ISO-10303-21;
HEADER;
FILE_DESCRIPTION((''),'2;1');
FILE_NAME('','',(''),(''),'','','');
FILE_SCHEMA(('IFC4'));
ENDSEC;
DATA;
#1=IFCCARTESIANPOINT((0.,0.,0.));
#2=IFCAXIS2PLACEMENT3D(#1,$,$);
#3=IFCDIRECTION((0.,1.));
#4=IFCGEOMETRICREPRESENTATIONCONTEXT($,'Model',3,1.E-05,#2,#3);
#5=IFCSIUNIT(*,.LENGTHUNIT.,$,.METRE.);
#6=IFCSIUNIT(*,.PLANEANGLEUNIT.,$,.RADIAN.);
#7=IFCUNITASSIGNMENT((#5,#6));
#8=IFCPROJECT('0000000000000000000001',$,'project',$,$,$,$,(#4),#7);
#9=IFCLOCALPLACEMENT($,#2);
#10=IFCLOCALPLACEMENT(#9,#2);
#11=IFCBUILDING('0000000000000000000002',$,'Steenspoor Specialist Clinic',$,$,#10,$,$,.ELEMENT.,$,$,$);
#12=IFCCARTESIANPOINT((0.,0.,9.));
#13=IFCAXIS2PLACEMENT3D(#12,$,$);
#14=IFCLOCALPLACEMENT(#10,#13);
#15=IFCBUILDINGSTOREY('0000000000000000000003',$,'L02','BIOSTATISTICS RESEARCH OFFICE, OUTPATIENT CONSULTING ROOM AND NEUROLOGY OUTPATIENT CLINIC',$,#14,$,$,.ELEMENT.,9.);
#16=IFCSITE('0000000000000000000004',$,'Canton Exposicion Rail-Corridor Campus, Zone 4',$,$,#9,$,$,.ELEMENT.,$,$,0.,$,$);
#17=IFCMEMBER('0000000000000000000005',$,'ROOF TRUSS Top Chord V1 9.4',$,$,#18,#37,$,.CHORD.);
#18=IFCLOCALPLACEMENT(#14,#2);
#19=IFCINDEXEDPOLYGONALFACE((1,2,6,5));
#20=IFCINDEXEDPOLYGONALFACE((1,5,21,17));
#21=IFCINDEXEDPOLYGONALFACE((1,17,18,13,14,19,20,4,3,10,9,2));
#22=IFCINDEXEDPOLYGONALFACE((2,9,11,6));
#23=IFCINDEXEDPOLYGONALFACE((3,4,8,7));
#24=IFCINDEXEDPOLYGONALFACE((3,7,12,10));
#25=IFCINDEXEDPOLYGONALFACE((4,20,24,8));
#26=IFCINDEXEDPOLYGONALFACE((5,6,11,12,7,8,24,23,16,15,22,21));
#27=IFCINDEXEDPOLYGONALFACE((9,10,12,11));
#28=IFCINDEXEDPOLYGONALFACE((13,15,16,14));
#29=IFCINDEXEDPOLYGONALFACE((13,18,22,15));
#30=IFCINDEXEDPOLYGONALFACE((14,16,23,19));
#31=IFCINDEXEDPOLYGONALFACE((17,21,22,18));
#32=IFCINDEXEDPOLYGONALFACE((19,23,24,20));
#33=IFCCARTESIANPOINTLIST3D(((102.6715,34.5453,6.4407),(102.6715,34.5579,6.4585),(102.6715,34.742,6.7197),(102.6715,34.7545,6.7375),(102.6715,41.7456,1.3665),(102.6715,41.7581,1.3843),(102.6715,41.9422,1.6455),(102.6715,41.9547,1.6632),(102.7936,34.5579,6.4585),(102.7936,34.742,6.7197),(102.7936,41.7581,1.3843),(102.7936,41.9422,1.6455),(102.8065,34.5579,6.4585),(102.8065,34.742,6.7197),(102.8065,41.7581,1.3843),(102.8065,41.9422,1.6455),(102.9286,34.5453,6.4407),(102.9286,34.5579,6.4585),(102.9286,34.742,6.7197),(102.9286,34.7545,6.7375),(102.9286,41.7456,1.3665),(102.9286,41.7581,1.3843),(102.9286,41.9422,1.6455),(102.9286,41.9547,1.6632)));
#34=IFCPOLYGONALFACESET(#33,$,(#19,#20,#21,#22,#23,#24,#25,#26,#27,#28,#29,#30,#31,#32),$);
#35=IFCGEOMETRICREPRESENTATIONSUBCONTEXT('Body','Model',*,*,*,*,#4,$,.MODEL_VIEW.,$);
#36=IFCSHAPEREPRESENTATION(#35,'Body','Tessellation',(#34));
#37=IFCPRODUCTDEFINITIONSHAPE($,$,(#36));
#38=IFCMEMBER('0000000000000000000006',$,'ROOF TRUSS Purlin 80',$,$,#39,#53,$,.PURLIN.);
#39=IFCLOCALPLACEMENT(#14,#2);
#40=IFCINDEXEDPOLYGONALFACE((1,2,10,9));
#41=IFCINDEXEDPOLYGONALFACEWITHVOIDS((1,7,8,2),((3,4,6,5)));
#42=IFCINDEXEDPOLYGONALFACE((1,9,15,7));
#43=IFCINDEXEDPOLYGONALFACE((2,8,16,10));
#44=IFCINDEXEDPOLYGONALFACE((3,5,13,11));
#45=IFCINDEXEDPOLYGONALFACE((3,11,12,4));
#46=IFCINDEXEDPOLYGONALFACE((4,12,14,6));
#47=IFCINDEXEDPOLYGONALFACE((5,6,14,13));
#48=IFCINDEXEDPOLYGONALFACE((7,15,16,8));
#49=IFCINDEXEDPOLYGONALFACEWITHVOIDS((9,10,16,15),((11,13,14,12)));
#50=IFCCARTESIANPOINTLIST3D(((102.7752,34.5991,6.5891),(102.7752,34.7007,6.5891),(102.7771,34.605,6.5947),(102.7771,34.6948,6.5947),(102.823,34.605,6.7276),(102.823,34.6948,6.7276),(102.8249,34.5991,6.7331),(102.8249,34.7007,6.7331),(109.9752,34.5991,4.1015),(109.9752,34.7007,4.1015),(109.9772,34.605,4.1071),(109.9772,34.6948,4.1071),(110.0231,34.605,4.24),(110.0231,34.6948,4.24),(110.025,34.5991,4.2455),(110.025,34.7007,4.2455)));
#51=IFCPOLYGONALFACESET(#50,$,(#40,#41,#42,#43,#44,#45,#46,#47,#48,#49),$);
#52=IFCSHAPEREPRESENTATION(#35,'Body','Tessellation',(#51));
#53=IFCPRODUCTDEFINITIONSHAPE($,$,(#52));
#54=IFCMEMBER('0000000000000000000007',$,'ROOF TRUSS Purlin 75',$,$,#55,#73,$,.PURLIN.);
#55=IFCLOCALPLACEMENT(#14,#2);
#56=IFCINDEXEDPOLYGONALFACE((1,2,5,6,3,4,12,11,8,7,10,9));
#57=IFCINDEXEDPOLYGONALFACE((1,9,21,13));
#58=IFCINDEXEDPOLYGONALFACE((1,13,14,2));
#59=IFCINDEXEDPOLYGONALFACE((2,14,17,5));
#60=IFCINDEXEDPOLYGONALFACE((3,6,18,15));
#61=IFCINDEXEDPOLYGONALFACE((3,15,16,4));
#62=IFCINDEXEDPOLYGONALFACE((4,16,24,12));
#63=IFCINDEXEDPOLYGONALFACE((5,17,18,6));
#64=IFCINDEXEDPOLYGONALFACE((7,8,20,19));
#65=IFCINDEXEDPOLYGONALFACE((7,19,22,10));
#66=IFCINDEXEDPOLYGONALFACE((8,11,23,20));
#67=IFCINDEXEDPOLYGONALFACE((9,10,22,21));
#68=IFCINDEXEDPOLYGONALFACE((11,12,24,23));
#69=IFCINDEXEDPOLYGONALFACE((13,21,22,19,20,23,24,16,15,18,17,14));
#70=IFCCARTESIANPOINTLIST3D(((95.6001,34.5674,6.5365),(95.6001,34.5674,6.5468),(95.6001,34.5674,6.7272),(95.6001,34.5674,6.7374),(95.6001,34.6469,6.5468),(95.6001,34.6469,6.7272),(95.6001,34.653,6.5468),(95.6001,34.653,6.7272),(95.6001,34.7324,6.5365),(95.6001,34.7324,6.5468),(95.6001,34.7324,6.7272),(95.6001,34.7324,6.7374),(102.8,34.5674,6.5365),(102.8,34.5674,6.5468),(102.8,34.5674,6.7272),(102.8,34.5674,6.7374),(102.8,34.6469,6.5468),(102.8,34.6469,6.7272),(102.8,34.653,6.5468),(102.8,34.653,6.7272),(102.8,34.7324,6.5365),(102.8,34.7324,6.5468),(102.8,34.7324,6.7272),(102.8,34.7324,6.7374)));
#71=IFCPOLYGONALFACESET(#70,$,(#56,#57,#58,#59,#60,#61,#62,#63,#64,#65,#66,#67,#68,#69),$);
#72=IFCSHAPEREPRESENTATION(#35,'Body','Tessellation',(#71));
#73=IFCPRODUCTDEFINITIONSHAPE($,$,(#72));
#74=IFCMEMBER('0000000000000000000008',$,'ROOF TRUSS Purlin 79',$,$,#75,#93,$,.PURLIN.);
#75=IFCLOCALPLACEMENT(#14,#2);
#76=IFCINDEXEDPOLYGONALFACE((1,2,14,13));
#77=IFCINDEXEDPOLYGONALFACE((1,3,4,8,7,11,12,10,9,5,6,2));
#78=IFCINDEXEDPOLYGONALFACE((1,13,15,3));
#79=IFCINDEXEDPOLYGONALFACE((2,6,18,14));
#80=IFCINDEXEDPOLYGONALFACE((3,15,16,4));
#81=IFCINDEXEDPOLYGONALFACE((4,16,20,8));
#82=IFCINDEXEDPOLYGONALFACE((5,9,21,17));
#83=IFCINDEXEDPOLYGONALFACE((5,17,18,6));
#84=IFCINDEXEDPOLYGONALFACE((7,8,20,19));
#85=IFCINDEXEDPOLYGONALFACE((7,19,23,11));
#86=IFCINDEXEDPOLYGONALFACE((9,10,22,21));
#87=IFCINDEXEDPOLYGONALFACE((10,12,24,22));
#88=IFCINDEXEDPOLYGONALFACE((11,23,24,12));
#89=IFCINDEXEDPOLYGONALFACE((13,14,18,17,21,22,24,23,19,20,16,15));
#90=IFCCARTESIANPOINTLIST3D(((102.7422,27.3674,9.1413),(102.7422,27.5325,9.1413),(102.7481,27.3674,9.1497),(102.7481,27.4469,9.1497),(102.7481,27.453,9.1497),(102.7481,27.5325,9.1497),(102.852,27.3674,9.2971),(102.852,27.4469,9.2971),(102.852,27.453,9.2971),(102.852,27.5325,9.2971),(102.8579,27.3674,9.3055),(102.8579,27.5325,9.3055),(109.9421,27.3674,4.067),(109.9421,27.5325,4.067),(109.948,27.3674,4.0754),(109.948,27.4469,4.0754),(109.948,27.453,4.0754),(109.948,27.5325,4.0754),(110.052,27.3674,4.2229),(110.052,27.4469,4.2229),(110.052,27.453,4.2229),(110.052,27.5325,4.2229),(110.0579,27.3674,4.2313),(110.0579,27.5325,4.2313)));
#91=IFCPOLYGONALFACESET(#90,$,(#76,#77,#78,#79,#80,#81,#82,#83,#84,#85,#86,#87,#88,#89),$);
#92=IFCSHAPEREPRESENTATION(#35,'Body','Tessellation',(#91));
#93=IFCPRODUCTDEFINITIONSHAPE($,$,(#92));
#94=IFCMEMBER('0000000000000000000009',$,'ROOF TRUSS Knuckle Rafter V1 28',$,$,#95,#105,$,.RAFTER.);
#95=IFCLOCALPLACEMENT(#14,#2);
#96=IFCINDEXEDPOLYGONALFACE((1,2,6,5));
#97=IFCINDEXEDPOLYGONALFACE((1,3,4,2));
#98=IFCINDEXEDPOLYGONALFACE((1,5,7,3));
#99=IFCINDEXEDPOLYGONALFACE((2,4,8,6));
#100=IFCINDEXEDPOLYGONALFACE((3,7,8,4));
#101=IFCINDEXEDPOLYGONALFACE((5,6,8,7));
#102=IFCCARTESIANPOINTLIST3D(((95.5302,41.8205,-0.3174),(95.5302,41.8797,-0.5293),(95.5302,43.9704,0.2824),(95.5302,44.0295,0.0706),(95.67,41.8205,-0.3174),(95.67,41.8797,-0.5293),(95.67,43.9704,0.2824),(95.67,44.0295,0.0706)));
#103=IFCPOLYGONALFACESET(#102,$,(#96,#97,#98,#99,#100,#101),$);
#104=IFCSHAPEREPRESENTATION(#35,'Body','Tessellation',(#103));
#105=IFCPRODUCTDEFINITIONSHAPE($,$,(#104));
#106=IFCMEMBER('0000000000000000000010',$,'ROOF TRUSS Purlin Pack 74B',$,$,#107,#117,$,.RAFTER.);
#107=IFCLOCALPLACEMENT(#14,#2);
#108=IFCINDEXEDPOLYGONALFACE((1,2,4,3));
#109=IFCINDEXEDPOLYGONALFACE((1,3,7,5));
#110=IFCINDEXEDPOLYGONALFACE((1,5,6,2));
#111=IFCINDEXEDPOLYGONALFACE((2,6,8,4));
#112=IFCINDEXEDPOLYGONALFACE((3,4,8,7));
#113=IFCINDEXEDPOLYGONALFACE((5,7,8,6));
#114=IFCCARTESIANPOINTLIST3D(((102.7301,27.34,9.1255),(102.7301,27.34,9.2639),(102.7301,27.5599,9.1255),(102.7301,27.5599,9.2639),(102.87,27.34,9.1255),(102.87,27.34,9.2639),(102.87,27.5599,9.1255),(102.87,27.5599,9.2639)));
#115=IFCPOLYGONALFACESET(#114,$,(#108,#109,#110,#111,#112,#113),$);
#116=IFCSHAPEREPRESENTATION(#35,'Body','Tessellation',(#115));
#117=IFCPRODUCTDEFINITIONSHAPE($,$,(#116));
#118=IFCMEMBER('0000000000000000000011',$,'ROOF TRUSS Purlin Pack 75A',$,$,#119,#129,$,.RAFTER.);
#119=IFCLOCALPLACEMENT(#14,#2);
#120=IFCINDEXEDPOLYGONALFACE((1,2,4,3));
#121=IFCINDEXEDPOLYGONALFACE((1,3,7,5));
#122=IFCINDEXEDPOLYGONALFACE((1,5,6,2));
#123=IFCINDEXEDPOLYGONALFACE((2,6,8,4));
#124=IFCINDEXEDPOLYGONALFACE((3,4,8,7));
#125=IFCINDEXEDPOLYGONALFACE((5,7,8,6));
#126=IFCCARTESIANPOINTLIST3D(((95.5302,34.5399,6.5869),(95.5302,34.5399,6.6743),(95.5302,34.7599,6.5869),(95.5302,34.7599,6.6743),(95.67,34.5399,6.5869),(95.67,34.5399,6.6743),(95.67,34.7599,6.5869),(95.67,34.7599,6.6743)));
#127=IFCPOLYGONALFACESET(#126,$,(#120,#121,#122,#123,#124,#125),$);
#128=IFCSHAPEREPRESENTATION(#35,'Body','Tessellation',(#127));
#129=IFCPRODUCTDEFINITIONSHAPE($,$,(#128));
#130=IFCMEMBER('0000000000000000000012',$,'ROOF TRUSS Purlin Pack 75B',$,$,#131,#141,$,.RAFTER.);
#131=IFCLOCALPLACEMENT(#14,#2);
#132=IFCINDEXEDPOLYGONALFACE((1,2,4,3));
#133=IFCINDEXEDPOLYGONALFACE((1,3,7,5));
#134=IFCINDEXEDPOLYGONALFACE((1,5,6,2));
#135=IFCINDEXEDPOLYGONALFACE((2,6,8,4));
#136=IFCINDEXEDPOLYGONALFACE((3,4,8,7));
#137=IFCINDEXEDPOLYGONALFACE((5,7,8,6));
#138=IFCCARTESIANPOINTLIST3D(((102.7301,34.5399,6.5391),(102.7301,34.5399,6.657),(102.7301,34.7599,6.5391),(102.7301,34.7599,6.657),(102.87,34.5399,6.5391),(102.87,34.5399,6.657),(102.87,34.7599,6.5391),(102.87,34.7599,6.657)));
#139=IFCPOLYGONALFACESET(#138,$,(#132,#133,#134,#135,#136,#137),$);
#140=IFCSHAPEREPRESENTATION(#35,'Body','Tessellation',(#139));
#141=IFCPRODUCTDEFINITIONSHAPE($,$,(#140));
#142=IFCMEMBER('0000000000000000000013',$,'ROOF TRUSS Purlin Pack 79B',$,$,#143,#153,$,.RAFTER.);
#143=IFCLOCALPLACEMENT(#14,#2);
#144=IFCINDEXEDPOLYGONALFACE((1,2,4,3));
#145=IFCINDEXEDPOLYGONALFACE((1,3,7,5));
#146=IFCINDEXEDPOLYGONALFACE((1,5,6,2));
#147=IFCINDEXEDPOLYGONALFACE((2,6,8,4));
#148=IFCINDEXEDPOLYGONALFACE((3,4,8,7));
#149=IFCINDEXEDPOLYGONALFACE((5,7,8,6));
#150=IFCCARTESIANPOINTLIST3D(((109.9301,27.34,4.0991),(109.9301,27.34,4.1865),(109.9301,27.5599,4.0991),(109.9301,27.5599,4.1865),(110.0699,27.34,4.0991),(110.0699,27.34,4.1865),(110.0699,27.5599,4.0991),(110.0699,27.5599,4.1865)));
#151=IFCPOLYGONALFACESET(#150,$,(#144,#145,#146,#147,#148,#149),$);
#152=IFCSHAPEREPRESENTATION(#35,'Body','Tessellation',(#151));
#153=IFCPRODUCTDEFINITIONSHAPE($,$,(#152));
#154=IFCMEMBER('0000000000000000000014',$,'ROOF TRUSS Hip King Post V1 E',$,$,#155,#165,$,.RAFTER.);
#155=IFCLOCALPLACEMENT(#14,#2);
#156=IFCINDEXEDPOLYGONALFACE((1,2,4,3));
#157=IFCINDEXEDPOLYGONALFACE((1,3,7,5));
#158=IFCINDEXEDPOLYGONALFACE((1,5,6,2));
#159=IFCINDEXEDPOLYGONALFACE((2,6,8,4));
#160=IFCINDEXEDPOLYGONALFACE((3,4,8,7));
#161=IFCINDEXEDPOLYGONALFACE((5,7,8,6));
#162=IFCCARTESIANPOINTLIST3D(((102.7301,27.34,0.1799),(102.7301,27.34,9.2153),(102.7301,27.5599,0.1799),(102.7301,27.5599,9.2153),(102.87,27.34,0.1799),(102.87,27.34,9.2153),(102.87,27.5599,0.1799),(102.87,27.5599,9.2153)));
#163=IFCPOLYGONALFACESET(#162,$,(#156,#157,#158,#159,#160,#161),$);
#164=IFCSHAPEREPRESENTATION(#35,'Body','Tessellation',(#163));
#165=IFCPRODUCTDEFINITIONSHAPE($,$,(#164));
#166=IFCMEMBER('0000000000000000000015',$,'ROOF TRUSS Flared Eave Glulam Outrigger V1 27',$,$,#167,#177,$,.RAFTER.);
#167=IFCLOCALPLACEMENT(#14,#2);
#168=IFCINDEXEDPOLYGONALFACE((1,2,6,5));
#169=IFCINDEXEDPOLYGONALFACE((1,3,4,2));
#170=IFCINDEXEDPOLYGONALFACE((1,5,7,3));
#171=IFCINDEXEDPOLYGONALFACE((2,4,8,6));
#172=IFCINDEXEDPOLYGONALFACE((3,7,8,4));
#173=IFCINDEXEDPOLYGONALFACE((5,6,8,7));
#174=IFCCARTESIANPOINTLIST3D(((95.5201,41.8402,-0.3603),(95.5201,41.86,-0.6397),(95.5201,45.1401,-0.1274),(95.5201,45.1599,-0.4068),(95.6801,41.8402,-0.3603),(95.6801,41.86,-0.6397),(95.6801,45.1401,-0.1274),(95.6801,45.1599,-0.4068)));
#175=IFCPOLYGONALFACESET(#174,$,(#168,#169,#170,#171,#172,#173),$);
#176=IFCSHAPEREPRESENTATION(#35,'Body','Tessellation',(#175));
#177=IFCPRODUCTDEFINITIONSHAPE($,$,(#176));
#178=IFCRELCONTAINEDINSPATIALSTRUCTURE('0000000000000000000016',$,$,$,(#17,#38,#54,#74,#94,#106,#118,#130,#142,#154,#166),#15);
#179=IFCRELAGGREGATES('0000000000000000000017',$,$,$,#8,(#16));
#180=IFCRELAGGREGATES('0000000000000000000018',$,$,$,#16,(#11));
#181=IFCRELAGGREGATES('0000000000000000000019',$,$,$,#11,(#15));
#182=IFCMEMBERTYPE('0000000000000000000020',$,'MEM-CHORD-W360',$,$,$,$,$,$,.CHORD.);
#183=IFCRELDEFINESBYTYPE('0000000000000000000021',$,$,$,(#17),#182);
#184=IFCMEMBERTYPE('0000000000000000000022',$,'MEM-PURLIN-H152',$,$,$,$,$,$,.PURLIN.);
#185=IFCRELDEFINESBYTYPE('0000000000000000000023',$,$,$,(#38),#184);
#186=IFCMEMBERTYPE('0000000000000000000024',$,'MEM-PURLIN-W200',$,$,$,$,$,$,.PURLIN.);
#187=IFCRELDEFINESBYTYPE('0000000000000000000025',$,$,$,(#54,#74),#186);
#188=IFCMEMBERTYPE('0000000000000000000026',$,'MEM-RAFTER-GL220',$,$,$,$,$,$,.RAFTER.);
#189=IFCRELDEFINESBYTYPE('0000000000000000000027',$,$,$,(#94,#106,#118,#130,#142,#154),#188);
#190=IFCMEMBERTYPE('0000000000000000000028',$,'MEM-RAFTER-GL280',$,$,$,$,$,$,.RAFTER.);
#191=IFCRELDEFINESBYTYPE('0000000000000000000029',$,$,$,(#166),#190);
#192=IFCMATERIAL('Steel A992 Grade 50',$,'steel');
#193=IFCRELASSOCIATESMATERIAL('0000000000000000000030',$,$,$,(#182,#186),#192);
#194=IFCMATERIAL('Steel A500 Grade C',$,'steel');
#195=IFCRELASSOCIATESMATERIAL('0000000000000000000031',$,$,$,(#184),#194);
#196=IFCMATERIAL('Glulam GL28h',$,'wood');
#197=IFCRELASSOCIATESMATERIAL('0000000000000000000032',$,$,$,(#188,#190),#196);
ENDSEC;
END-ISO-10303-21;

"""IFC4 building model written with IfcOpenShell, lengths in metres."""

from ifc_helpers import new_model, si_unit, direction, frame, origin, origin_2d, place, context, subcontext, project, spatial, rectangle, hollow_rectangle, i_section, extrude, material, material_profile, profile_set, type_object, element, save


model = new_model("IFC4")

# Units and contexts
model_context = context("Model", 3, precision=1e-05, world=origin(), true_north=direction((0.0, 1.0)))
body_context = subcontext(model_context, "Body", "Model", "MODEL_VIEW")
ifc_project = project(units=[si_unit("LENGTHUNIT", "METRE"), si_unit("PLANEANGLEUNIT", "RADIAN")], contexts=[model_context])

# Site, building, storey
site_placement = place(None, origin())
site = spatial("IfcSite", under=ifc_project, at=site_placement, Name="Canton Exposicion Rail-Corridor Campus, Zone 4", CompositionType="ELEMENT", RefElevation=0.0)
building_placement = place(site_placement, origin())
building = spatial("IfcBuilding", under=site, at=building_placement, Name="Steenspoor Specialist Clinic", CompositionType="ELEMENT")
storey_placement = place(building_placement, frame((0.0, 0.0, 9.0)))
storey = spatial("IfcBuildingStorey", under=building, at=storey_placement, Name="L02", Description="BIOSTATISTICS RESEARCH OFFICE, OUTPATIENT CONSULTING ROOM AND NEUROLOGY OUTPATIENT CLINIC", CompositionType="ELEMENT", Elevation=9.0)

# Members
ifc_material_1 = material(Name="Steel A500 Grade C", Category="steel")
ifc_material_2 = material(Name="Steel A992 Grade 50", Category="steel")
ifc_material_profile_1 = material_profile(ifc_material_2, i_section(OverallWidth=0.2571, OverallDepth=0.363, WebThickness=0.0129, FlangeThickness=0.0217, at=origin_2d()), Name="W360X122")
ifc_profile_set_1 = profile_set([ifc_material_profile_1], Name="Steel A992 Grade 50")
member_type_1 = type_object("IfcMemberType", Name="MEM-CHORD-W360", PredefinedType="CHORD", material=ifc_profile_set_1)
member_1_placement = place(storey_placement, frame((102.8, 34.6499, 6.5891), z_axis=(0.0, 0.81741, -0.576056), x_axis=(-1.0, 0.0, 0.0)))
element("IfcMember", 1, at=member_1_placement, inside=storey, type_object=member_type_1, Name="ROOF TRUSS Top Chord V1 9.4", PredefinedType="CHORD", context=body_context, shape_type="SweptSolid", body=[
    extrude(i_section(OverallWidth=0.2571, OverallDepth=0.363, WebThickness=0.0129, FlangeThickness=0.0217, at=origin_2d()), origin(), (0.0, 0.0, 1.0), 8.8086),
])
ifc_material_profile_2 = material_profile(ifc_material_1, hollow_rectangle(XDim=0.1016, YDim=0.1523, WallThickness=0.0059, at=origin_2d()), Name="HSS152X102X6.4")
ifc_profile_set_2 = profile_set([ifc_material_profile_2], Name="Steel A500 Grade C")
member_type_2 = type_object("IfcMemberType", Name="MEM-PURLIN-H152", PredefinedType="PURLIN", material=ifc_profile_set_2)
member_2_placement = place(storey_placement, frame((102.8, 34.6499, 6.6611), z_axis=(0.945178, 0.0, -0.326555), x_axis=(0.0, 1.0, 0.0)))
element("IfcMember", 2, at=member_2_placement, inside=storey, type_object=member_type_2, Name="ROOF TRUSS Purlin 80", PredefinedType="PURLIN", context=body_context, shape_type="SweptSolid", body=[
    extrude(hollow_rectangle(XDim=0.1016, YDim=0.1523, WallThickness=0.0059, at=origin_2d()), origin(), (0.0, 0.0, 1.0), 7.6177),
])
ifc_material_profile_3 = material_profile(ifc_material_2, i_section(OverallWidth=0.165, OverallDepth=0.2009, WebThickness=0.0061, FlangeThickness=0.0103, at=origin_2d()), Name="W200X36")
ifc_profile_set_3 = profile_set([ifc_material_profile_3], Name="Steel A992 Grade 50")
member_type_3 = type_object("IfcMemberType", Name="MEM-PURLIN-W200", PredefinedType="PURLIN", material=ifc_profile_set_3)
member_3_placement = place(storey_placement, frame((95.6001, 34.6499, 6.637), z_axis=(1.0, 0.0, 0.0), x_axis=(0.0, 1.0, 0.0)))
element("IfcMember", 3, at=member_3_placement, inside=storey, type_object=member_type_3, Name="ROOF TRUSS Purlin 75", PredefinedType="PURLIN", context=body_context, shape_type="SweptSolid", body=[
    extrude(i_section(OverallWidth=0.165, OverallDepth=0.2009, WebThickness=0.0061, FlangeThickness=0.0103, at=origin_2d()), origin(), (0.0, 0.0, 1.0), 7.2),
])
member_4_placement = place(storey_placement, frame((102.8, 27.45, 9.2234), z_axis=(0.817401, 0.0, -0.576069), x_axis=(0.0, 1.0, 0.0)))
element("IfcMember", 4, at=member_4_placement, inside=storey, type_object=member_type_3, Name="ROOF TRUSS Purlin 79", PredefinedType="PURLIN", context=body_context, shape_type="SweptSolid", body=[
    extrude(i_section(OverallWidth=0.165, OverallDepth=0.2009, WebThickness=0.0061, FlangeThickness=0.0103, at=origin_2d()), origin(), (0.0, 0.0, 1.0), 8.8083),
])
ifc_material_3 = material(Name="Glulam GL28h", Category="wood")
ifc_material_profile_4 = material_profile(ifc_material_3, rectangle(XDim=0.1399, YDim=0.22, at=origin_2d()), Name="GL28H-140X220")
ifc_profile_set_4 = profile_set([ifc_material_profile_4], Name="Glulam GL28h")
member_type_4 = type_object("IfcMemberType", Name="MEM-RAFTER-GL220", PredefinedType="RAFTER", material=ifc_profile_set_4)
member_5_placement = place(storey_placement, frame((95.6001, 41.8501, -0.4233), z_axis=(0.0, 0.96321, 0.268749), x_axis=(-1.0, 0.0, 0.0)))
element("IfcMember", 5, at=member_5_placement, inside=storey, type_object=member_type_4, Name="ROOF TRUSS Knuckle Rafter V1 28", PredefinedType="RAFTER", context=body_context, shape_type="SweptSolid", body=[
    extrude(rectangle(XDim=0.1399, YDim=0.22, at=origin_2d()), origin(), (0.0, 0.0, 1.0), 2.2319),
])
member_6_placement = place(storey_placement, frame((102.8, 27.45, 9.1255), z_axis=(0.0, 0.0, 1.0), x_axis=(1.0, 0.0, 0.0)))
element("IfcMember", 6, at=member_6_placement, inside=storey, type_object=member_type_4, Name="ROOF TRUSS Purlin Pack 74B", PredefinedType="RAFTER", context=body_context, shape_type="SweptSolid", body=[
    extrude(rectangle(XDim=0.1399, YDim=0.22, at=origin_2d()), origin(), (0.0, 0.0, 1.0), 0.1384),
])
member_7_placement = place(storey_placement, frame((95.6001, 34.6499, 6.5869), z_axis=(0.0, 0.0, 1.0), x_axis=(1.0, 0.0, 0.0)))
element("IfcMember", 7, at=member_7_placement, inside=storey, type_object=member_type_4, Name="ROOF TRUSS Purlin Pack 75A", PredefinedType="RAFTER", context=body_context, shape_type="SweptSolid", body=[
    extrude(rectangle(XDim=0.1399, YDim=0.22, at=origin_2d()), origin(), (0.0, 0.0, 1.0), 0.0874),
])
member_8_placement = place(storey_placement, frame((102.8, 34.6499, 6.5391), z_axis=(0.0, 0.0, 1.0), x_axis=(1.0, 0.0, 0.0)))
element("IfcMember", 8, at=member_8_placement, inside=storey, type_object=member_type_4, Name="ROOF TRUSS Purlin Pack 75B", PredefinedType="RAFTER", context=body_context, shape_type="SweptSolid", body=[
    extrude(rectangle(XDim=0.1399, YDim=0.22, at=origin_2d()), origin(), (0.0, 0.0, 1.0), 0.1179),
])
member_9_placement = place(storey_placement, frame((110.0, 27.45, 4.0991), z_axis=(0.0, 0.0, 1.0), x_axis=(1.0, 0.0, 0.0)))
element("IfcMember", 9, at=member_9_placement, inside=storey, type_object=member_type_4, Name="ROOF TRUSS Purlin Pack 79B", PredefinedType="RAFTER", context=body_context, shape_type="SweptSolid", body=[
    extrude(rectangle(XDim=0.1399, YDim=0.22, at=origin_2d()), origin(), (0.0, 0.0, 1.0), 0.0874),
])
member_10_placement = place(storey_placement, frame((102.8, 27.45, 0.1799), z_axis=(0.0, 0.0, 1.0), x_axis=(1.0, 0.0, 0.0)))
element("IfcMember", 10, at=member_10_placement, inside=storey, type_object=member_type_4, Name="ROOF TRUSS Hip King Post V1 E", PredefinedType="RAFTER", context=body_context, shape_type="SweptSolid", body=[
    extrude(rectangle(XDim=0.1399, YDim=0.22, at=origin_2d()), origin(), (0.0, 0.0, 1.0), 9.0354),
])
ifc_material_profile_5 = material_profile(ifc_material_3, rectangle(XDim=0.1599, YDim=0.28, at=origin_2d()), Name="GL28H-160X280")
ifc_profile_set_5 = profile_set([ifc_material_profile_5], Name="Glulam GL28h")
member_type_5 = type_object("IfcMemberType", Name="MEM-RAFTER-GL280", PredefinedType="RAFTER", material=ifc_profile_set_5)
member_11_placement = place(storey_placement, frame((95.6001, 41.8501, -0.5), z_axis=(0.0, 0.997518, 0.070408), x_axis=(-1.0, 0.0, 0.0)))
element("IfcMember", 11, at=member_11_placement, inside=storey, type_object=member_type_5, Name="ROOF TRUSS Flared Eave Glulam Outrigger V1 27", PredefinedType="RAFTER", context=body_context, shape_type="SweptSolid", body=[
    extrude(rectangle(XDim=0.1599, YDim=0.28, at=origin_2d()), origin(), (0.0, 0.0, 1.0), 3.3081),
])

save(model, "model.ifc")
